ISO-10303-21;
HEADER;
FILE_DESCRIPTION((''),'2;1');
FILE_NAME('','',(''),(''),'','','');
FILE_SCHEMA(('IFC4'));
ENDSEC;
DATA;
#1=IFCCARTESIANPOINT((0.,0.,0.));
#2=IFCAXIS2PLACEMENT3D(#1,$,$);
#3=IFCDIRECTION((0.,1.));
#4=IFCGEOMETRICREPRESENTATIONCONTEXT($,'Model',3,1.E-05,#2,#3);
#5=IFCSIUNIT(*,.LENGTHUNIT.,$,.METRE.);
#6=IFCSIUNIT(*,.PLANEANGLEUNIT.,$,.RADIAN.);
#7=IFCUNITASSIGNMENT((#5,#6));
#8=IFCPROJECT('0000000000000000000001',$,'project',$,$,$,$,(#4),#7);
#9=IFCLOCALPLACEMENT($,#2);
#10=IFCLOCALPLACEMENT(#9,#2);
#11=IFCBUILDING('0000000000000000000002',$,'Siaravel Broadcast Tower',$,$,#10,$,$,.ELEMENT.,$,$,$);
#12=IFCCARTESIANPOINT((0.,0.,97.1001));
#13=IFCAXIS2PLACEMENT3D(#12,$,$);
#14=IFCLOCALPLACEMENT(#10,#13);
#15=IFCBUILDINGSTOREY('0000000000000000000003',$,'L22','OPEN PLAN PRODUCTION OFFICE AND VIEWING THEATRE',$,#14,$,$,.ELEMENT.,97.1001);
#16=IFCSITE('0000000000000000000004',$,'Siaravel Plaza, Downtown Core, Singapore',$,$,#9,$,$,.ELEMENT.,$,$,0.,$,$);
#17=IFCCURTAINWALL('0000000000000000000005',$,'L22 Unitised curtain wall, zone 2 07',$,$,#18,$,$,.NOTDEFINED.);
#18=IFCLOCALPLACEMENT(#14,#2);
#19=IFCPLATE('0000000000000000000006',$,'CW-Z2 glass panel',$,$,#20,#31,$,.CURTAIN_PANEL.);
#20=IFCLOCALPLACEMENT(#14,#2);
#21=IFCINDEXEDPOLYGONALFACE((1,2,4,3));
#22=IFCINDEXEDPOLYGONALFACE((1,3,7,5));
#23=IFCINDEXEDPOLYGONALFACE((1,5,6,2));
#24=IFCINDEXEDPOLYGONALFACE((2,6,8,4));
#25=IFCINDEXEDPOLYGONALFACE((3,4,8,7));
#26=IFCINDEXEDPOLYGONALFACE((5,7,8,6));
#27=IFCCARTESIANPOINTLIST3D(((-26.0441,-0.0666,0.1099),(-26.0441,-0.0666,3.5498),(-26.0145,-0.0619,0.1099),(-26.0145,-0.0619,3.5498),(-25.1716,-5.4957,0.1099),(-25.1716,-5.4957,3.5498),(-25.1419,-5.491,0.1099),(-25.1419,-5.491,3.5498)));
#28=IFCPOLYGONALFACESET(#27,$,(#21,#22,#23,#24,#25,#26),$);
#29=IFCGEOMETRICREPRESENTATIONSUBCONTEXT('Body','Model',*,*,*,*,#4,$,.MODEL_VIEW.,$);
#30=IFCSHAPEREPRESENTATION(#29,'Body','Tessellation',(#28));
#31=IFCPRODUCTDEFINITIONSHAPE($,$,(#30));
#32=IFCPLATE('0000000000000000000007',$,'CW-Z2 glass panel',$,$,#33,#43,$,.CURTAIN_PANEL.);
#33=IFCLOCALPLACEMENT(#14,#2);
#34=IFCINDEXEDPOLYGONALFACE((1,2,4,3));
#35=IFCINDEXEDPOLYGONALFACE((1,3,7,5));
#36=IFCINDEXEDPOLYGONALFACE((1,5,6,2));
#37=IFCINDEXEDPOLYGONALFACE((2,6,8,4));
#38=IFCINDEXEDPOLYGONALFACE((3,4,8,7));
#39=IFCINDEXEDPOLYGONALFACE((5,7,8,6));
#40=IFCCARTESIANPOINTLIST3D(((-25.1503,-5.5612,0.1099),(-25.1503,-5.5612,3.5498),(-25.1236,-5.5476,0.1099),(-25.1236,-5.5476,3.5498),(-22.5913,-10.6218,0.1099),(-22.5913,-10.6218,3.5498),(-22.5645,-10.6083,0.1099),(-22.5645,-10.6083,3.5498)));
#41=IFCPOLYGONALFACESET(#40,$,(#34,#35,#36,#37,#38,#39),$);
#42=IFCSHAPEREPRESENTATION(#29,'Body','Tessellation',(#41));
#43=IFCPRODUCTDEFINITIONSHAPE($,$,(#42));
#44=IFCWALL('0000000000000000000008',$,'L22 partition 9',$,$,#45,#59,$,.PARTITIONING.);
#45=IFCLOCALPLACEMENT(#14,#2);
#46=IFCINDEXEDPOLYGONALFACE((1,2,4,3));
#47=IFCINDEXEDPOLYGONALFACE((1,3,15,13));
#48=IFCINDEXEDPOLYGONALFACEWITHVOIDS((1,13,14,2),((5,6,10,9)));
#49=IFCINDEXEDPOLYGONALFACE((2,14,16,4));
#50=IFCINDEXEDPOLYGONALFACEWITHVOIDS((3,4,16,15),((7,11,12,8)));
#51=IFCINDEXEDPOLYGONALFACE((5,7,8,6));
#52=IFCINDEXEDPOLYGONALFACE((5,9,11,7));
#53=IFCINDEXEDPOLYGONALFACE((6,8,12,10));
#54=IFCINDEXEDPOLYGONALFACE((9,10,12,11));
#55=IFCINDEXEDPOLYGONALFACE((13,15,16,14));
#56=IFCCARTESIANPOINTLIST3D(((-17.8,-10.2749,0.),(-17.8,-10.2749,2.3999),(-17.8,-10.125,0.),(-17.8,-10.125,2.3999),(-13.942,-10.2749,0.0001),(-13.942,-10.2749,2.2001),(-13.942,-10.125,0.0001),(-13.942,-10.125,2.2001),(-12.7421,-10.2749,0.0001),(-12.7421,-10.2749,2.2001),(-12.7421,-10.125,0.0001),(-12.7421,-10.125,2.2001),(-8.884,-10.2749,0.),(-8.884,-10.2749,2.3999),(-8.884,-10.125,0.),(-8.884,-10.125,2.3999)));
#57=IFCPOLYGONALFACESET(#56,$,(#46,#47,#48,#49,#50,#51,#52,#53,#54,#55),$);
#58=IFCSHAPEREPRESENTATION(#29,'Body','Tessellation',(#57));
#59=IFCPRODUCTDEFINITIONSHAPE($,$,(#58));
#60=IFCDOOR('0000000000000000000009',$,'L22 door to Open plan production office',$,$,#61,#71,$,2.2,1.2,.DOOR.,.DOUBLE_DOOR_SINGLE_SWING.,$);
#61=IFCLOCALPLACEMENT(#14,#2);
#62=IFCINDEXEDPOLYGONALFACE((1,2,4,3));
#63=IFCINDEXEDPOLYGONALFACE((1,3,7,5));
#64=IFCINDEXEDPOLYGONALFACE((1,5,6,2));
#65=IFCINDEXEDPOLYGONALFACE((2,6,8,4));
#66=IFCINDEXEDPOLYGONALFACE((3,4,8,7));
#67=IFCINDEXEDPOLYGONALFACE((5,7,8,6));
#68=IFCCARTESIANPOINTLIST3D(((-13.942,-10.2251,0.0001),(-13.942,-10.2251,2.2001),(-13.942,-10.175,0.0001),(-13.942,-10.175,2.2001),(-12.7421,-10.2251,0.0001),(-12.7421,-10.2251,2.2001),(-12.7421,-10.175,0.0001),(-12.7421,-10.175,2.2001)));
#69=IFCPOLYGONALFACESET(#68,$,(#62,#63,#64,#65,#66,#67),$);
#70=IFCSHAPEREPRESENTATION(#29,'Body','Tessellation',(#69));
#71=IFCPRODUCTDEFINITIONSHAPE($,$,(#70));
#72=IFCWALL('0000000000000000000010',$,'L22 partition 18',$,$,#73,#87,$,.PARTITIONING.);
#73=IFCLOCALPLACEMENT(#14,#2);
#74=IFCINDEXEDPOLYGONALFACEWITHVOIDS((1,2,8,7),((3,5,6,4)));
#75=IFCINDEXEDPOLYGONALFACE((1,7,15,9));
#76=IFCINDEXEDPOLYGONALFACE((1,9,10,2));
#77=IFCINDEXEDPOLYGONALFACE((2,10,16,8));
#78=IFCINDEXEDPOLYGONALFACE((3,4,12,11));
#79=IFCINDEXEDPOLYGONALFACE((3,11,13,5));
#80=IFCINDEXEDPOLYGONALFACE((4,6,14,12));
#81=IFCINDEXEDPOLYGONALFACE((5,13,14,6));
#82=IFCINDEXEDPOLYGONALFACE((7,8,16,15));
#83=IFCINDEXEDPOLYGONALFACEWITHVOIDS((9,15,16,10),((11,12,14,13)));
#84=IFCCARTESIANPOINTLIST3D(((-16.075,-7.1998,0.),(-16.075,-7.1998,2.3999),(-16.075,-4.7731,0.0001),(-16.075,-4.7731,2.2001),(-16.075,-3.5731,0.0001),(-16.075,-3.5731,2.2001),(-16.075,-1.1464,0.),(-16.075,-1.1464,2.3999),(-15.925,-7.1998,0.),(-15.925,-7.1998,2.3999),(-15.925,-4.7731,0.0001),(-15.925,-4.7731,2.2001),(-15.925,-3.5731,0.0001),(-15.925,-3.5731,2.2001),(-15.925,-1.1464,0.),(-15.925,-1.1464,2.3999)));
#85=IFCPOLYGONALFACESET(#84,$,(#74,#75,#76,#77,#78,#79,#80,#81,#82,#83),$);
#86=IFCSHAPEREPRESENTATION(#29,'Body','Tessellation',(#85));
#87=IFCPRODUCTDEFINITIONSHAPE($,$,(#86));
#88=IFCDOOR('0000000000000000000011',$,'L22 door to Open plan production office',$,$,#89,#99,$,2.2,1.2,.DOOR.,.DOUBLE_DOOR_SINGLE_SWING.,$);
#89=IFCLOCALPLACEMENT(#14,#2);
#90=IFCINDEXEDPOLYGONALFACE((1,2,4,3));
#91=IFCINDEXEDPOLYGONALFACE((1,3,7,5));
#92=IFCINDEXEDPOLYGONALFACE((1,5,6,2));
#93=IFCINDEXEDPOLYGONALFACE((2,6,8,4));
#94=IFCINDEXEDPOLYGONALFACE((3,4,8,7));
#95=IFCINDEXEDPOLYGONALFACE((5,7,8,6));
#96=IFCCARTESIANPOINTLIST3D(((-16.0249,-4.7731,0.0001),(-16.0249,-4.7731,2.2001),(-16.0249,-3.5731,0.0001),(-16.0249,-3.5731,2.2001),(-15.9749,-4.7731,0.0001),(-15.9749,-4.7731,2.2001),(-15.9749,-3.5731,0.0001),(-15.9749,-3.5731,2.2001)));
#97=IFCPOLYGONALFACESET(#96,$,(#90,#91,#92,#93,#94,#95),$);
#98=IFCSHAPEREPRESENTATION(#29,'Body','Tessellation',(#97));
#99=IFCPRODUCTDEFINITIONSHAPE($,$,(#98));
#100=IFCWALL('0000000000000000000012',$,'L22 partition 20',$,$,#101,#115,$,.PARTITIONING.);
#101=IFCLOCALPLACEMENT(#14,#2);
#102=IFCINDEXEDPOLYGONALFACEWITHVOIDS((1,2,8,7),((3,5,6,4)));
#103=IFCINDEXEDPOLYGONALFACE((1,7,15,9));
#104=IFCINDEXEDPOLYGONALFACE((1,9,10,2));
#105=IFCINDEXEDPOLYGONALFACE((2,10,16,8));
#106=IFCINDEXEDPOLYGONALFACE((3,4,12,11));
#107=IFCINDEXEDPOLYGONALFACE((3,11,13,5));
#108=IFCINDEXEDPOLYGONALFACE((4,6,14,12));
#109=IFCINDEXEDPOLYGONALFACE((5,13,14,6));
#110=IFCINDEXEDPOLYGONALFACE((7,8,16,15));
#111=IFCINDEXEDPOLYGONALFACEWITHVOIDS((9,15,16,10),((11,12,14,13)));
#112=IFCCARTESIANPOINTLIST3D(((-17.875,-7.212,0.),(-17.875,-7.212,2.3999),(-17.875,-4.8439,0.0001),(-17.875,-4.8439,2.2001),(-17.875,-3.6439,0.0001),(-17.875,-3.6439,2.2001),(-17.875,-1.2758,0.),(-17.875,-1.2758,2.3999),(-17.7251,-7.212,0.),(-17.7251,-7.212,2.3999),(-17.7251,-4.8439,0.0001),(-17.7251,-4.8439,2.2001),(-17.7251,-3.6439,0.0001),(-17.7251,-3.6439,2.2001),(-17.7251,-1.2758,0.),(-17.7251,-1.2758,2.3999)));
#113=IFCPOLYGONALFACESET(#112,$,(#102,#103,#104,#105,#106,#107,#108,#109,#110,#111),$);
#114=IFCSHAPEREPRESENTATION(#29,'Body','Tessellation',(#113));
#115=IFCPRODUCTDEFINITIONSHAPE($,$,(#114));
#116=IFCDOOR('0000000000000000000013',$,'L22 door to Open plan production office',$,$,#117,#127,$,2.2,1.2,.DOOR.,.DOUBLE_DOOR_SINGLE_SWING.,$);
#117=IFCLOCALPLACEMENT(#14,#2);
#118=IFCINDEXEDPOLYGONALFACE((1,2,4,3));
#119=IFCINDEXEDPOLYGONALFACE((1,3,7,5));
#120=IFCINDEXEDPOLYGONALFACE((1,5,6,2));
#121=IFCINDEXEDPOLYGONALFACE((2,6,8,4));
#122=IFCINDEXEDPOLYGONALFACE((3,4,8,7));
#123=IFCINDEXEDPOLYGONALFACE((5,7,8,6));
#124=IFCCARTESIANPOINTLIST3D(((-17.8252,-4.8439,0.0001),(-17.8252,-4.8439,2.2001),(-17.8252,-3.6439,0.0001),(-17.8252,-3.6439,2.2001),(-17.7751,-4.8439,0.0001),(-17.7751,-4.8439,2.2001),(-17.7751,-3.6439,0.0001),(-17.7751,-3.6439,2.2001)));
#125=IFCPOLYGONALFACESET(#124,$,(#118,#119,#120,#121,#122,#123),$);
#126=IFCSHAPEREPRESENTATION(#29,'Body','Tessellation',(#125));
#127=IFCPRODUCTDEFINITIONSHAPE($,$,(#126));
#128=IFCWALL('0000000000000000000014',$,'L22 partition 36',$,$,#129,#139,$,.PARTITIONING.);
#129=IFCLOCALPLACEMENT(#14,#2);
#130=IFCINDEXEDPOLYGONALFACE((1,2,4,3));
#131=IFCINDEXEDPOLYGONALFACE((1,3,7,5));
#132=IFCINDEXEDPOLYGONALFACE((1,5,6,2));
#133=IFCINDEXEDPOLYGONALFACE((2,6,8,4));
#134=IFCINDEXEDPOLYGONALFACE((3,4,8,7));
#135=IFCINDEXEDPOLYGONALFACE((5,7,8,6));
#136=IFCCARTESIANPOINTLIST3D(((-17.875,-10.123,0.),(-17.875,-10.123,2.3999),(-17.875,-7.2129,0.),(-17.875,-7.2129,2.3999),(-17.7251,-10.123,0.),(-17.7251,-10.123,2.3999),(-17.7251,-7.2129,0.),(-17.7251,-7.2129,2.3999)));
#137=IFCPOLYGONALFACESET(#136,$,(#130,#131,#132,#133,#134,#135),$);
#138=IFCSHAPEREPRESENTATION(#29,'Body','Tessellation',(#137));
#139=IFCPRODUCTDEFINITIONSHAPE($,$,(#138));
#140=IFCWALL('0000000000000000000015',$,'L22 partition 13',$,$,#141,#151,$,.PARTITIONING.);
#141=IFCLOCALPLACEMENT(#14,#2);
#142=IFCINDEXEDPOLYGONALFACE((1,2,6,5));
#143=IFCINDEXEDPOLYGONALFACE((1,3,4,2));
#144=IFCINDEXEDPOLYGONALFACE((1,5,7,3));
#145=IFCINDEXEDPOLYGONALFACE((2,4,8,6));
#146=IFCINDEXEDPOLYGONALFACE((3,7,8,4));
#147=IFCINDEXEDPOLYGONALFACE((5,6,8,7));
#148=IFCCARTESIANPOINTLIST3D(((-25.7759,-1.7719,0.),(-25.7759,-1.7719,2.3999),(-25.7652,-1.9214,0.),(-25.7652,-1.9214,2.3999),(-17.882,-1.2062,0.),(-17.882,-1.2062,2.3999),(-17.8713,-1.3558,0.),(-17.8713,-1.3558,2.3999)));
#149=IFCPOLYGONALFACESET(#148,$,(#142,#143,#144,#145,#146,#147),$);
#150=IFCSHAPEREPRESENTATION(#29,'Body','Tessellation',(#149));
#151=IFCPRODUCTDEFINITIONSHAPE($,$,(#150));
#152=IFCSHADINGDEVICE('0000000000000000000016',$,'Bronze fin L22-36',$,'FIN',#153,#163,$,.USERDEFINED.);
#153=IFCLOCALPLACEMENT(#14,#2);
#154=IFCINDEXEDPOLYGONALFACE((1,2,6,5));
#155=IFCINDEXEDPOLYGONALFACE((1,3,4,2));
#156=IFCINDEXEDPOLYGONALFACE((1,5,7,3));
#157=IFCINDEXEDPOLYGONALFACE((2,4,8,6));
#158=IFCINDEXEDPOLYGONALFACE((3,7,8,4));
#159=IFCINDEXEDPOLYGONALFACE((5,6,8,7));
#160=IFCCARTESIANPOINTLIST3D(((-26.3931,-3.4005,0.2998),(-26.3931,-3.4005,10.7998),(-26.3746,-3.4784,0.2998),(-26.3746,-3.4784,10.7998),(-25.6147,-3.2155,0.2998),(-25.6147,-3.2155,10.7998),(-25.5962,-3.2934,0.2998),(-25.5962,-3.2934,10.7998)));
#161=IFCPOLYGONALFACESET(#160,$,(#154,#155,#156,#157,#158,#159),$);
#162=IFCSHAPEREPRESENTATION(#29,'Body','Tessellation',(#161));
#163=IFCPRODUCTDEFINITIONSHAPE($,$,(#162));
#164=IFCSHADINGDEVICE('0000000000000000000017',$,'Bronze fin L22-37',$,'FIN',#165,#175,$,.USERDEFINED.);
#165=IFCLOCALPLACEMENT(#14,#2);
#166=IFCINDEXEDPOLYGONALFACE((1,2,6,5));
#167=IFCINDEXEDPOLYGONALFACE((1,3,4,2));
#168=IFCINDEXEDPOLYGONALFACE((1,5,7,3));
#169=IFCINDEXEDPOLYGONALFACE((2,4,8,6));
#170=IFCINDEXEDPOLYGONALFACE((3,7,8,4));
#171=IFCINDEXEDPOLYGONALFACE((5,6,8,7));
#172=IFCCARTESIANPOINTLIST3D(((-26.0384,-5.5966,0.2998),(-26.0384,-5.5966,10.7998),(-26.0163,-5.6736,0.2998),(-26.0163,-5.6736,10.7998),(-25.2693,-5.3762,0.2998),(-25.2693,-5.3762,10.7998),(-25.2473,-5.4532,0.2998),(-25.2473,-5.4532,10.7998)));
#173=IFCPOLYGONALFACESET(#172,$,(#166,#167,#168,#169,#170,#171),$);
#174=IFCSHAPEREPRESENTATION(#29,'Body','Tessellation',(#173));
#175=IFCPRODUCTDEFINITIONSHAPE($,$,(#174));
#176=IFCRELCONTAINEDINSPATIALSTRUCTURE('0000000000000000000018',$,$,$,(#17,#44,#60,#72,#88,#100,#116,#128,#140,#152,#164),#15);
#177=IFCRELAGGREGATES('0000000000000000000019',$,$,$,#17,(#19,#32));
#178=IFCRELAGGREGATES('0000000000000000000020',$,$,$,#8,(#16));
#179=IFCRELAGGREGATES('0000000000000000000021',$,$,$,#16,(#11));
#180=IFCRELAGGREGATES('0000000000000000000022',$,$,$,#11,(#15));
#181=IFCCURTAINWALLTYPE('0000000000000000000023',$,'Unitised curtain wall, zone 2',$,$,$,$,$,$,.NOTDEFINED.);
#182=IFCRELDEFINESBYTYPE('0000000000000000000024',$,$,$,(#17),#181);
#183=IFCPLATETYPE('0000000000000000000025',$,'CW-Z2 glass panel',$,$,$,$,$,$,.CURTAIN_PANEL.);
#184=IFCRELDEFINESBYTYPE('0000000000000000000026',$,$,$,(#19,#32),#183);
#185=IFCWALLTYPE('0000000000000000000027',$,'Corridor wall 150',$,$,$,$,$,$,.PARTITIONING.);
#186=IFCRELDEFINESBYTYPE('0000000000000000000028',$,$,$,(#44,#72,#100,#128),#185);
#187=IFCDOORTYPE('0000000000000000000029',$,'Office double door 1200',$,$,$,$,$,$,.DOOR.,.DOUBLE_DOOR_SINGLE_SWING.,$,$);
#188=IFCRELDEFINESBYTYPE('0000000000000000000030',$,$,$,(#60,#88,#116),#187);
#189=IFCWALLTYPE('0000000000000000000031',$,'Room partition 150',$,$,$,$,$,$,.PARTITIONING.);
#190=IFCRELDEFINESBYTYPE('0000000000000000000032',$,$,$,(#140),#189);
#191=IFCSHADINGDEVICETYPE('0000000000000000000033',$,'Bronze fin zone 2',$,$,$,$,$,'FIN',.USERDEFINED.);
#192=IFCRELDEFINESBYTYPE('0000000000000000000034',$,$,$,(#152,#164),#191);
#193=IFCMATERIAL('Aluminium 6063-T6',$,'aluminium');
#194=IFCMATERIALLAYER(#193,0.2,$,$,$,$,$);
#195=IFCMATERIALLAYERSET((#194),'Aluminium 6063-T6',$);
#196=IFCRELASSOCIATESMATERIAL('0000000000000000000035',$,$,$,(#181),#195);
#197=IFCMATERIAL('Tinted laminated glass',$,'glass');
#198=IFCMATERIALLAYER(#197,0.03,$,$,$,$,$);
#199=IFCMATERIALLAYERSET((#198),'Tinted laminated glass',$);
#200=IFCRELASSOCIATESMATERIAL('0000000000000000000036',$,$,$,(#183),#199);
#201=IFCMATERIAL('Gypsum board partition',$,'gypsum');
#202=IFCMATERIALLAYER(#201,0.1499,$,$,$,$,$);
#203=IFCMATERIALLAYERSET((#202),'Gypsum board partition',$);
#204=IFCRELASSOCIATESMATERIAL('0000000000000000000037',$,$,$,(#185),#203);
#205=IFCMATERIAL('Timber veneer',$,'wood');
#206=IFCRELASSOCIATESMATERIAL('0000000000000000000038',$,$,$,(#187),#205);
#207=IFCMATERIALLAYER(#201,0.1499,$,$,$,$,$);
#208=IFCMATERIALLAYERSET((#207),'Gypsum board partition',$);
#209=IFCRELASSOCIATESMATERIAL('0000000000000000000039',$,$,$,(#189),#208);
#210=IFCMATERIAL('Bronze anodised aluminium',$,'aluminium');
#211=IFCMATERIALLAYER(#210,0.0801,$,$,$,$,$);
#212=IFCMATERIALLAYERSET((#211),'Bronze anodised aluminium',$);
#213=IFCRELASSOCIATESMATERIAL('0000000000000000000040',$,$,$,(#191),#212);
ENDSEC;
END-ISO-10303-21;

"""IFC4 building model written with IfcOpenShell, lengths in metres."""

from ifc_helpers import new_model, si_unit, direction, frame, frame_2d, origin, origin_2d, place, context, subcontext, project, spatial, rectangle, extrude, material, layer, layer_set, type_object, element, fill, aggregate, save


model = new_model("IFC4")

# Units and contexts
model_context = context("Model", 3, precision=1e-05, world=origin(), true_north=direction((0.0, 1.0)))
body_context = subcontext(model_context, "Body", "Model", "MODEL_VIEW")
ifc_project = project(units=[si_unit("LENGTHUNIT", "METRE"), si_unit("PLANEANGLEUNIT", "RADIAN")], contexts=[model_context])

# Site, building, storey
site_placement = place(None, origin())
site = spatial("IfcSite", under=ifc_project, at=site_placement, Name="Siaravel Plaza, Downtown Core, Singapore", CompositionType="ELEMENT", RefElevation=0.0)
building_placement = place(site_placement, origin())
building = spatial("IfcBuilding", under=site, at=building_placement, Name="Siaravel Broadcast Tower", CompositionType="ELEMENT")
storey_placement = place(building_placement, frame((0.0, 0.0, 97.1001)))
storey = spatial("IfcBuildingStorey", under=building, at=storey_placement, Name="L22", Description="OPEN PLAN PRODUCTION OFFICE AND VIEWING THEATRE", CompositionType="ELEMENT", Elevation=97.1001)

# Curtain wall
ifc_material_1 = material(Name="Aluminium 6063-T6", Category="aluminium")
ifc_layer_1 = layer(ifc_material_1, 0.2)
ifc_layer_set_1 = layer_set([ifc_layer_1], Name="Aluminium 6063-T6")
curtain_wall_type = type_object("IfcCurtainWallType", Name="Unitised curtain wall, zone 2", PredefinedType="NOTDEFINED", material=ifc_layer_set_1)
curtain_wall_placement = place(storey_placement, origin())
curtain_wall = element("IfcCurtainWall", 1, at=curtain_wall_placement, inside=storey, type_object=curtain_wall_type, Name="L22 Unitised curtain wall, zone 2 07", PredefinedType="NOTDEFINED")

# Plates
ifc_material_2 = material(Name="Tinted laminated glass", Category="glass")
ifc_layer_2 = layer(ifc_material_2, 0.03)
ifc_layer_set_2 = layer_set([ifc_layer_2], Name="Tinted laminated glass")
plate_type = type_object("IfcPlateType", Name="CW-Z2 glass panel", PredefinedType="CURTAIN_PANEL", material=ifc_layer_set_2)
plate_1_placement = place(storey_placement, frame((-25.593, -2.7788, 0.1099), z_axis=(0.0, 0.0, 1.0), x_axis=(0.158686, -0.987329, 0.0)))
plate_1 = element("IfcPlate", 2, at=plate_1_placement, type_object=plate_type, Name="CW-Z2 glass panel", PredefinedType="CURTAIN_PANEL", context=body_context, shape_type="SweptSolid", body=[
    extrude(rectangle(XDim=5.4988, YDim=0.03, at=origin_2d()), origin(), (0.0, 0.0, 1.0), 3.4399),
])
plate_2_placement = place(storey_placement, frame((-23.8574, -8.0847, 0.1099), z_axis=(0.0, 0.0, 1.0), x_axis=(0.451261, -0.892392, 0.0)))
plate_2 = element("IfcPlate", 3, at=plate_2_placement, type_object=plate_type, Name="CW-Z2 glass panel", PredefinedType="CURTAIN_PANEL", context=body_context, shape_type="SweptSolid", body=[
    extrude(rectangle(XDim=5.6709, YDim=0.03, at=origin_2d()), origin(), (0.0, 0.0, 1.0), 3.4399),
])
aggregate(curtain_wall, [plate_1, plate_2])

# Walls, openings, doors
ifc_material_3 = material(Name="Gypsum board partition", Category="gypsum")
ifc_layer_3 = layer(ifc_material_3, 0.1499)
ifc_layer_set_3 = layer_set([ifc_layer_3], Name="Gypsum board partition")
wall_type_1 = type_object("IfcWallType", Name="Corridor wall 150", PredefinedType="PARTITIONING", material=ifc_layer_set_3)
wall_1_placement = place(storey_placement, frame((-17.8, -10.2, 0.0), z_axis=(0.0, 0.0, 1.0), x_axis=(1.0, 0.0, 0.0)))
wall_1 = element("IfcWall", 4, at=wall_1_placement, inside=storey, type_object=wall_type_1, Name="L22 partition 9", PredefinedType="PARTITIONING", context=body_context, shape_type="SweptSolid", body=[
    extrude(rectangle(XDim=8.916, YDim=0.1499, at=frame_2d((4.458, 0.0))), origin(), (0.0, 0.0, 1.0), 2.3999),
])
opening_1_placement = place(wall_1_placement, frame((3.8579, 0.0, 0.0)))
opening_1 = element("IfcOpeningElement", 5, at=opening_1_placement, cuts=wall_1, PredefinedType="OPENING", context=body_context, shape_type="SweptSolid", body=[
    extrude(rectangle(XDim=1.2, YDim=2.2, at=frame_2d((0.6001, 1.1001))), frame((0.0, 0.085, 0.0), z_axis=(0.0, -1.0, 0.0), x_axis=(1.0, 0.0, 0.0)), (0.0, 0.0, 1.0), 0.1699),
])
ifc_material_4 = material(Name="Timber veneer", Category="wood")
door_type = type_object("IfcDoorType", Name="Office double door 1200", OperationType="DOUBLE_DOOR_SINGLE_SWING", PredefinedType="DOOR", material=ifc_material_4)
door_1_placement = place(opening_1_placement, origin())
door_1 = element("IfcDoor", 6, at=door_1_placement, inside=storey, type_object=door_type, Name="L22 door to Open plan production office", OperationType="DOUBLE_DOOR_SINGLE_SWING", OverallHeight=2.2, OverallWidth=1.2, PredefinedType="DOOR", context=body_context, shape_type="SweptSolid", body=[
    extrude(rectangle(XDim=1.2, YDim=2.2, at=frame_2d((0.6001, 1.1001))), frame((0.0, 0.0249, 0.0), z_axis=(0.0, -1.0, 0.0), x_axis=(1.0, 0.0, 0.0)), (0.0, 0.0, 1.0), 0.05),
])
fill(opening_1, door_1)
wall_2_placement = place(storey_placement, frame((-16.0, -7.2, 0.0), z_axis=(0.0, 0.0, 1.0), x_axis=(0.0, 1.0, 0.0)))
wall_2 = element("IfcWall", 7, at=wall_2_placement, inside=storey, type_object=wall_type_1, Name="L22 partition 18", PredefinedType="PARTITIONING", context=body_context, shape_type="SweptSolid", body=[
    extrude(rectangle(XDim=6.0535, YDim=0.1499, at=frame_2d((3.0269, 0.0))), origin(), (0.0, 0.0, 1.0), 2.3999),
])
opening_2_placement = place(wall_2_placement, frame((2.4268, 0.0, 0.0)))
opening_2 = element("IfcOpeningElement", 8, at=opening_2_placement, cuts=wall_2, PredefinedType="OPENING", context=body_context, shape_type="SweptSolid", body=[
    extrude(rectangle(XDim=1.2, YDim=2.2, at=frame_2d((0.6001, 1.1001))), frame((0.0, 0.085, 0.0), z_axis=(0.0, -1.0, 0.0), x_axis=(1.0, 0.0, 0.0)), (0.0, 0.0, 1.0), 0.1699),
])
door_2_placement = place(opening_2_placement, origin())
door_2 = element("IfcDoor", 9, at=door_2_placement, inside=storey, type_object=door_type, Name="L22 door to Open plan production office", OperationType="DOUBLE_DOOR_SINGLE_SWING", OverallHeight=2.2, OverallWidth=1.2, PredefinedType="DOOR", context=body_context, shape_type="SweptSolid", body=[
    extrude(rectangle(XDim=1.2, YDim=2.2, at=frame_2d((0.6001, 1.1001))), frame((0.0, 0.0249, 0.0), z_axis=(0.0, -1.0, 0.0), x_axis=(1.0, 0.0, 0.0)), (0.0, 0.0, 1.0), 0.05),
])
fill(opening_2, door_2)
wall_3_placement = place(storey_placement, frame((-17.8, -1.2756, 0.0), z_axis=(0.0, 0.0, 1.0), x_axis=(0.0, -1.0, 0.0)))
wall_3 = element("IfcWall", 10, at=wall_3_placement, inside=storey, type_object=wall_type_1, Name="L22 partition 20", PredefinedType="PARTITIONING", context=body_context, shape_type="SweptSolid", body=[
    extrude(rectangle(XDim=5.9363, YDim=0.1499, at=frame_2d((2.9683, 0.0))), origin(), (0.0, 0.0, 1.0), 2.3999),
])
opening_3_placement = place(wall_3_placement, frame((2.3682, 0.0, 0.0)))
opening_3 = element("IfcOpeningElement", 11, at=opening_3_placement, cuts=wall_3, PredefinedType="OPENING", context=body_context, shape_type="SweptSolid", body=[
    extrude(rectangle(XDim=1.2, YDim=2.2, at=frame_2d((0.6001, 1.1001))), frame((0.0, 0.085, 0.0), z_axis=(0.0, -1.0, 0.0), x_axis=(1.0, 0.0, 0.0)), (0.0, 0.0, 1.0), 0.1699),
])
door_3_placement = place(opening_3_placement, origin())
door_3 = element("IfcDoor", 12, at=door_3_placement, inside=storey, type_object=door_type, Name="L22 door to Open plan production office", OperationType="DOUBLE_DOOR_SINGLE_SWING", OverallHeight=2.2, OverallWidth=1.2, PredefinedType="DOOR", context=body_context, shape_type="SweptSolid", body=[
    extrude(rectangle(XDim=1.2, YDim=2.2, at=frame_2d((0.6001, 1.1001))), frame((0.0, 0.0249, 0.0), z_axis=(0.0, -1.0, 0.0), x_axis=(1.0, 0.0, 0.0)), (0.0, 0.0, 1.0), 0.05),
])
fill(opening_3, door_3)

# Walls
wall_4_placement = place(storey_placement, frame((-17.8, -7.2129, 0.0), z_axis=(0.0, 0.0, 1.0), x_axis=(0.0, -1.0, 0.0)))
element("IfcWall", 13, at=wall_4_placement, inside=storey, type_object=wall_type_1, Name="L22 partition 36", PredefinedType="PARTITIONING", context=body_context, shape_type="SweptSolid", body=[
    extrude(rectangle(XDim=2.9102, YDim=0.1499, at=frame_2d((1.4551, 0.0))), origin(), (0.0, 0.0, 1.0), 2.3999),
])
ifc_layer_4 = layer(ifc_material_3, 0.1499)
ifc_layer_set_4 = layer_set([ifc_layer_4], Name="Gypsum board partition")
wall_type_2 = type_object("IfcWallType", Name="Room partition 150", PredefinedType="PARTITIONING", material=ifc_layer_set_4)
wall_5_placement = place(storey_placement, frame((-25.7705, -1.8467, 0.0), z_axis=(0.0, 0.0, 1.0), x_axis=(0.997442, 0.071477, 0.0)))
element("IfcWall", 14, at=wall_5_placement, inside=storey, type_object=wall_type_2, Name="L22 partition 13", PredefinedType="PARTITIONING", context=body_context, shape_type="SweptSolid", body=[
    extrude(rectangle(XDim=7.9141, YDim=0.1499, at=frame_2d((3.957, 0.0))), origin(), (0.0, 0.0, 1.0), 2.3999),
])

# Shading devices
ifc_material_5 = material(Name="Bronze anodised aluminium", Category="aluminium")
ifc_layer_5 = layer(ifc_material_5, 0.0801)
ifc_layer_set_5 = layer_set([ifc_layer_5], Name="Bronze anodised aluminium")
shading_device_type = type_object("IfcShadingDeviceType", Name="Bronze fin zone 2", ElementType="FIN", PredefinedType="USERDEFINED", material=ifc_layer_set_5)
for number, where, z_axis, x_axis, name in (
    (15, (-25.9946, -3.3469, 0.2998), (0.0, 0.0, 1.0), (-0.9729, -0.231228, 0.0), "Bronze fin L22-36"),
    (16, (-25.6428, -5.5249, 0.2998), (0.0, 0.0, 1.0), (-0.961291, -0.275535, 0.0), "Bronze fin L22-37"),
):
    element("IfcShadingDevice", number, at=place(storey_placement, frame(where, z_axis=z_axis, x_axis=x_axis)), inside=storey, type_object=shading_device_type, Name=name, ObjectType="FIN", PredefinedType="USERDEFINED", context=body_context, shape_type="SweptSolid", body=[
        extrude(rectangle(XDim=0.8, YDim=0.0801, at=origin_2d()), origin(), (0.0, 0.0, 1.0), 10.5),
    ])

save(model, "model.ifc")
